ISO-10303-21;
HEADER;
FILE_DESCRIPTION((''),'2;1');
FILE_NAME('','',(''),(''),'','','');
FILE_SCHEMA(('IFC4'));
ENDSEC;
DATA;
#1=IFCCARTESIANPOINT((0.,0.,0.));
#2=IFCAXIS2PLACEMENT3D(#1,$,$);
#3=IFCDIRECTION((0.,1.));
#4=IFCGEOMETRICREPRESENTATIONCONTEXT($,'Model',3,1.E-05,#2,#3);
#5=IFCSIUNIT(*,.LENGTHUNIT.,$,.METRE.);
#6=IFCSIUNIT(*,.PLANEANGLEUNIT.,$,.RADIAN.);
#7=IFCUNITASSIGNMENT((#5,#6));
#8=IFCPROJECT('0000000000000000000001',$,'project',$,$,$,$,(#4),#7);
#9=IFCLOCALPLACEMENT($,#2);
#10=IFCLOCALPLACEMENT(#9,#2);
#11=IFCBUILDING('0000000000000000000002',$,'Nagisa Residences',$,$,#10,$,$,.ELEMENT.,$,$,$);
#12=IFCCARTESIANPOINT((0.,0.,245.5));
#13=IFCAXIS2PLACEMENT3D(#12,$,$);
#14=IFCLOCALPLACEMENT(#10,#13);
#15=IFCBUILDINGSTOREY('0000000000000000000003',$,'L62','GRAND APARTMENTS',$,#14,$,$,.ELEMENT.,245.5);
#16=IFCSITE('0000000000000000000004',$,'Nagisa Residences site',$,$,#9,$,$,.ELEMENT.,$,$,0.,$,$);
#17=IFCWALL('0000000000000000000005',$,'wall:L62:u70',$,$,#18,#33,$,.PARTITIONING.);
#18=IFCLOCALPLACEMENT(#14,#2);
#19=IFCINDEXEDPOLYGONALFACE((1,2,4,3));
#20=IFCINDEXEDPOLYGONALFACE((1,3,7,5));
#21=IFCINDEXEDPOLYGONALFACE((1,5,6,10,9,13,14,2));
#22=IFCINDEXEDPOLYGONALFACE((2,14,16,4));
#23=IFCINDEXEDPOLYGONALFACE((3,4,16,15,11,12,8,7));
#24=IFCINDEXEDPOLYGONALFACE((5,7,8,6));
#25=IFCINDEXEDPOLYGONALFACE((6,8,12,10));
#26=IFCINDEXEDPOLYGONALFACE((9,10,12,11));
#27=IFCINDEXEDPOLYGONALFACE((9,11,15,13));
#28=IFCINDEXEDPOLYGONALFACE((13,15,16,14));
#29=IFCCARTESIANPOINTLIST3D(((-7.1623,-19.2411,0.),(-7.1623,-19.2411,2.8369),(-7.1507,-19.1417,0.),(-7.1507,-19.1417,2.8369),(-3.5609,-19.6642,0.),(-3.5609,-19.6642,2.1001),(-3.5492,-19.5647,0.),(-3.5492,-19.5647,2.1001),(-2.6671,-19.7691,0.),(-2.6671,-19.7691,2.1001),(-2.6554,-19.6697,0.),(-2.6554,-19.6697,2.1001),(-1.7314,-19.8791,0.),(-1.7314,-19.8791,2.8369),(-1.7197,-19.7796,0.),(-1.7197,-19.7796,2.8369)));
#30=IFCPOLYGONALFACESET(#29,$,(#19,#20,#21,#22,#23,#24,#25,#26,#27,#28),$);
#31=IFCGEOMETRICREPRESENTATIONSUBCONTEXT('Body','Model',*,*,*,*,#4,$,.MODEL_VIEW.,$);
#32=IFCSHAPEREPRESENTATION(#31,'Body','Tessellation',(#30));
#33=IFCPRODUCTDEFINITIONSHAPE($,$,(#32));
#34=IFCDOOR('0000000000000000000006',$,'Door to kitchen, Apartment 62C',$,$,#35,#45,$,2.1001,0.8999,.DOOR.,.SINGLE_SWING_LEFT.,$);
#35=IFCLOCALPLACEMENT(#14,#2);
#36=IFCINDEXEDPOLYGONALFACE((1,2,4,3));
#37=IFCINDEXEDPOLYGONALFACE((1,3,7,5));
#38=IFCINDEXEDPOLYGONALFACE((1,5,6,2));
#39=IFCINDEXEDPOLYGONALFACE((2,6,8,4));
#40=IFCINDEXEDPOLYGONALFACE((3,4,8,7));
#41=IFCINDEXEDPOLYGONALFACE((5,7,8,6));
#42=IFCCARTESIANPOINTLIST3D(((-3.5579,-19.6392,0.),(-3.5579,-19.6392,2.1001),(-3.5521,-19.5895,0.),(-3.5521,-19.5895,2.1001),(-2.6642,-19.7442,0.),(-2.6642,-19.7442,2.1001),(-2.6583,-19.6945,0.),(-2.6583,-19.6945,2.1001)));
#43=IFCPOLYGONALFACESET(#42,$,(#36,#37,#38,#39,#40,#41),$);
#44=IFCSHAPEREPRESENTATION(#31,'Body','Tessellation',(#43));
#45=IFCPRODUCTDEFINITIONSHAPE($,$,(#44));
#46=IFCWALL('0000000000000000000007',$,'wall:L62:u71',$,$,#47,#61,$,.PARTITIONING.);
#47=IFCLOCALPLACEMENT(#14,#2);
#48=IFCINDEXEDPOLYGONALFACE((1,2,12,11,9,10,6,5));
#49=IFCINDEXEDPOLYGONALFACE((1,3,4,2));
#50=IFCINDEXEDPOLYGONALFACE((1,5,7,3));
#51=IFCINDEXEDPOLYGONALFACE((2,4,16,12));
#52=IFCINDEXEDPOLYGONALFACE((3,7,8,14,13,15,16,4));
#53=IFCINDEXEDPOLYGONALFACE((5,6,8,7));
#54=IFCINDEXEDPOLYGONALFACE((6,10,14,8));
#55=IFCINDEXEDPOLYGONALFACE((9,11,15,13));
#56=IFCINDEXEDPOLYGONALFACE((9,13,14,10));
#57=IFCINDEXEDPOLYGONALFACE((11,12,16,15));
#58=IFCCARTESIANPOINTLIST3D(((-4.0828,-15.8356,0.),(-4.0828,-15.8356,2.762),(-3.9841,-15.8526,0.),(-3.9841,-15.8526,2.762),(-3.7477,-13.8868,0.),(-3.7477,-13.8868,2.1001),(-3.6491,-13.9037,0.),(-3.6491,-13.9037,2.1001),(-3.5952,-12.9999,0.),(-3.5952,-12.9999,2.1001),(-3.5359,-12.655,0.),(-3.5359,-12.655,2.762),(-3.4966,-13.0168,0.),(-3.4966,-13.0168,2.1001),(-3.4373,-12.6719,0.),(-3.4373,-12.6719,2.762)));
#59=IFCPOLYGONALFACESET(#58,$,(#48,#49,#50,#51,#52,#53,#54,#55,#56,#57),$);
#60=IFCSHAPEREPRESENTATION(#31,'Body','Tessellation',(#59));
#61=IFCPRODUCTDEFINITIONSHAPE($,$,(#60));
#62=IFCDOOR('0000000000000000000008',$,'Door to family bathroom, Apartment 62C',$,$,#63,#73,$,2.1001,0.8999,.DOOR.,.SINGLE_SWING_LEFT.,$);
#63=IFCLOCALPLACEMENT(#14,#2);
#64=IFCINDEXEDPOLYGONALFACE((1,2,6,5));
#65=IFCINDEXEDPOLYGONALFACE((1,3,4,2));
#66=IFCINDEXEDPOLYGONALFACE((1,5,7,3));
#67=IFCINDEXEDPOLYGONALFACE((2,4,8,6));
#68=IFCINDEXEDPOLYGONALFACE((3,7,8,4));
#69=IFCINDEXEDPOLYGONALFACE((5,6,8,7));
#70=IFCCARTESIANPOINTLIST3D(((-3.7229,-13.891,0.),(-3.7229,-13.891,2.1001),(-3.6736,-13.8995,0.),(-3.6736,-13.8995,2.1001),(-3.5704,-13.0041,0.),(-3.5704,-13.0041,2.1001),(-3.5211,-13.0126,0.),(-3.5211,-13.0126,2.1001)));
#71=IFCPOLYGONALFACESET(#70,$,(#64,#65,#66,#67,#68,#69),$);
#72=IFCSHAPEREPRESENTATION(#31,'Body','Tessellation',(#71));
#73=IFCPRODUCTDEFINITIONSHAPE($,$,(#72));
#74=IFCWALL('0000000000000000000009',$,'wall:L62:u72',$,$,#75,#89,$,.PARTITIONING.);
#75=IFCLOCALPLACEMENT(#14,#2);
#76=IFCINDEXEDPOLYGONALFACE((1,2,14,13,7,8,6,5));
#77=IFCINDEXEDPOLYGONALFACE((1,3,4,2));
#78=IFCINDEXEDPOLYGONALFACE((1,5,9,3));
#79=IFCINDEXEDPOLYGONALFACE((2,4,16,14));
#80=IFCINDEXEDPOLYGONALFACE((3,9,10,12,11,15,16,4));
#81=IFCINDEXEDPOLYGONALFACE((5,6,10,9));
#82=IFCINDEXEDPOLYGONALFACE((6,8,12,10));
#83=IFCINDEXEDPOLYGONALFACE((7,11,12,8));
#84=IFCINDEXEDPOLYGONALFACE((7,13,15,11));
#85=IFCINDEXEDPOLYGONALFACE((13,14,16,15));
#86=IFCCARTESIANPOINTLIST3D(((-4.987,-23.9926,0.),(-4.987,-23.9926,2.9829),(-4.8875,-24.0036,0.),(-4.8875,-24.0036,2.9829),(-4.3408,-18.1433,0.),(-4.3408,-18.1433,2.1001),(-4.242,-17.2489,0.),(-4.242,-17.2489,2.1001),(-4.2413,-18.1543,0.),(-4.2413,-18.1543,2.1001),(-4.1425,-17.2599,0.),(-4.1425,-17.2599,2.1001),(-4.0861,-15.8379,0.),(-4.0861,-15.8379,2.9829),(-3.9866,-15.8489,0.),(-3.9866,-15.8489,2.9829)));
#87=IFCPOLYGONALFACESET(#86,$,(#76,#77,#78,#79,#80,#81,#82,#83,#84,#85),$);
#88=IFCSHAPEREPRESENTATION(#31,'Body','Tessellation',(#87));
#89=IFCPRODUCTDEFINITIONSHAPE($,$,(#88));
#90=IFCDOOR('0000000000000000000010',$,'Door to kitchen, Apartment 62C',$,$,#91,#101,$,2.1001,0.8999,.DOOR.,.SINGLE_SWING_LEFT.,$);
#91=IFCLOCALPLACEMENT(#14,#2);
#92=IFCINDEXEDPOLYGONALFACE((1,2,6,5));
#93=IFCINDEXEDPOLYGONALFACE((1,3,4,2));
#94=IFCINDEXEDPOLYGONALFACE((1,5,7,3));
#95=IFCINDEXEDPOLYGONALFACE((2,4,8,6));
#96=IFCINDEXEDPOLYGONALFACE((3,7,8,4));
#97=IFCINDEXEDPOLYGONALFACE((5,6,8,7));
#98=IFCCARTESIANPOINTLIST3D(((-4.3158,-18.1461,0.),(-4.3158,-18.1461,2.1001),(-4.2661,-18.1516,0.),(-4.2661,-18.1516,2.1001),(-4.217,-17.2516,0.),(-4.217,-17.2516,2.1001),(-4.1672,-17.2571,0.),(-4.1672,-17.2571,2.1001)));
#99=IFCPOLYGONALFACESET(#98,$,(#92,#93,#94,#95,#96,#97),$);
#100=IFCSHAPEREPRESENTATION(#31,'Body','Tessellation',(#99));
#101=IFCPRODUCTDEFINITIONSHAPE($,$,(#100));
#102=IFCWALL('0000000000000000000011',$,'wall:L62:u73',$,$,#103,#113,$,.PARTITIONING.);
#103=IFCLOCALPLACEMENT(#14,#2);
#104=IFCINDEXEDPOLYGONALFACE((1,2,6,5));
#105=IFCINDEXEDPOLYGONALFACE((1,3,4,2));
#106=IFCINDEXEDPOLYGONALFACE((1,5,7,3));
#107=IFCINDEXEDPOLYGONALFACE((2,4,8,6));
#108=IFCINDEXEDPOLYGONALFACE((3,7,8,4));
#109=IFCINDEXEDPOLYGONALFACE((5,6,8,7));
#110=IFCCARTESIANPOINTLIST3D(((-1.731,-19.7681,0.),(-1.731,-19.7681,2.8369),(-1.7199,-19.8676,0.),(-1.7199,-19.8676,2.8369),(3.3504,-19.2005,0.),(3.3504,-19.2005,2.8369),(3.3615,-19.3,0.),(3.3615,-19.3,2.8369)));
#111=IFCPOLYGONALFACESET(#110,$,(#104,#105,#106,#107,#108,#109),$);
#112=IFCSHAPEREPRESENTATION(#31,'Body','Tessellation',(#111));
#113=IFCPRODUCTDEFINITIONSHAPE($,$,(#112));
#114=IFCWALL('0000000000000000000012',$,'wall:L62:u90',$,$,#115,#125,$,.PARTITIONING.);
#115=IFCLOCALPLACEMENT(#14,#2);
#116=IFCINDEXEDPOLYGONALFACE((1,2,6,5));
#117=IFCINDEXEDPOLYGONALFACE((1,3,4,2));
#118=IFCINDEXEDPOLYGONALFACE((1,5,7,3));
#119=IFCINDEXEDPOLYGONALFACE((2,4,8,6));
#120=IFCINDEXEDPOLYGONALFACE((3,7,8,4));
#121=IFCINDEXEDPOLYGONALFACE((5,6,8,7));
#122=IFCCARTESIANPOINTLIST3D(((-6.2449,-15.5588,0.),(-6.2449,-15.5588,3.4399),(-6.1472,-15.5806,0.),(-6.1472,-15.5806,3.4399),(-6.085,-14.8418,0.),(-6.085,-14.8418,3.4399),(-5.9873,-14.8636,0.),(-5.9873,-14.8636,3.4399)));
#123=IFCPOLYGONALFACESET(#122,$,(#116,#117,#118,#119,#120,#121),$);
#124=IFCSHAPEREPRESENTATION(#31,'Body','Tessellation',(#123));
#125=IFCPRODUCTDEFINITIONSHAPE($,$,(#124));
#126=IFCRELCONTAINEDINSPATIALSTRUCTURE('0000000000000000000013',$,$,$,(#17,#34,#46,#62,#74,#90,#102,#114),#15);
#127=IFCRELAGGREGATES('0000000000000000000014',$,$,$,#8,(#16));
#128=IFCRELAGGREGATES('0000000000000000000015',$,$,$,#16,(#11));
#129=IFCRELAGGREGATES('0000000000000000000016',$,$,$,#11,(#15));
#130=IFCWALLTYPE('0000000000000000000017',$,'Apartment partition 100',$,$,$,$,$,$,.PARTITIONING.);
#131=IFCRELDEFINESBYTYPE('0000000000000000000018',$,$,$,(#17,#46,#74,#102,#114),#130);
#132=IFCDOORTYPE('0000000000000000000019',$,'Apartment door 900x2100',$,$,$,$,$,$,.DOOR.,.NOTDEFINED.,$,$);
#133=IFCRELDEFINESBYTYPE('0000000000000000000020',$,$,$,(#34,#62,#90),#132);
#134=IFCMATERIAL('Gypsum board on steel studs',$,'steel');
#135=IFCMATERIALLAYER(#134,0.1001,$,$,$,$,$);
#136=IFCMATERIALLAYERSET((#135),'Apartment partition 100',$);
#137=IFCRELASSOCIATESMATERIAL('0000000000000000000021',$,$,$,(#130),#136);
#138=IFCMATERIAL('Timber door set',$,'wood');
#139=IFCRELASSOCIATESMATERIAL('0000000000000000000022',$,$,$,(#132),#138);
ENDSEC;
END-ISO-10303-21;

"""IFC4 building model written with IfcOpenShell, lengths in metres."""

from ifc_helpers import new_model, si_unit, direction, frame, frame_2d, origin, place, context, subcontext, project, spatial, rectangle, extrude, material, layer, layer_set, type_object, element, fill, save


model = new_model("IFC4")

# Units and contexts
model_context = context("Model", 3, precision=1e-05, world=origin(), true_north=direction((0.0, 1.0)))
body_context = subcontext(model_context, "Body", "Model", "MODEL_VIEW")
ifc_project = project(units=[si_unit("LENGTHUNIT", "METRE"), si_unit("PLANEANGLEUNIT", "RADIAN")], contexts=[model_context])

# Site, building, storey
site_placement = place(None, origin())
site = spatial("IfcSite", under=ifc_project, at=site_placement, Name="Nagisa Residences site", CompositionType="ELEMENT", RefElevation=0.0)
building_placement = place(site_placement, origin())
building = spatial("IfcBuilding", under=site, at=building_placement, Name="Nagisa Residences", CompositionType="ELEMENT")
storey_placement = place(building_placement, frame((0.0, 0.0, 245.5)))
storey = spatial("IfcBuildingStorey", under=building, at=storey_placement, Name="L62", Description="GRAND APARTMENTS", CompositionType="ELEMENT", Elevation=245.5)

# Shared definitions
ifc_material_1 = material(Name="Gypsum board on steel studs", Category="steel")
ifc_layer_1 = layer(ifc_material_1, 0.1001)
ifc_layer_set_1 = layer_set([ifc_layer_1], Name="Apartment partition 100")
wall_type_1 = type_object("IfcWallType", Name="Apartment partition 100", PredefinedType="PARTITIONING", material=ifc_layer_set_1)
ifc_material_2 = material(Name="Timber door set", Category="wood")
door_type_1 = type_object("IfcDoorType", Name="Apartment door 900x2100", OperationType="NOTDEFINED", PredefinedType="DOOR", material=ifc_material_2)

# Walls, openings, doors
wall_1_placement = place(storey_placement, frame((-7.1565, -19.1914, 0.0), z_axis=(0.0, 0.0, 1.0), x_axis=(0.993172, -0.116663, 0.0)))
wall_1 = element("IfcWall", 1, at=wall_1_placement, inside=storey, type_object=wall_type_1, Name="wall:L62:u70", PredefinedType="PARTITIONING", context=body_context, shape_type="SweptSolid", body=[
    extrude(rectangle(XDim=5.4683, YDim=0.1001, at=frame_2d((2.7341, 0.0))), origin(), (0.0, 0.0, 1.0), 2.8369),
])
opening_1_placement = place(wall_1_placement, frame((3.6262, 0.0, 0.0)))
opening_1 = element("IfcOpeningElement", 2, at=opening_1_placement, cuts=wall_1, PredefinedType="OPENING", context=body_context, shape_type="SweptSolid", body=[
    extrude(rectangle(XDim=0.8999, YDim=2.1001, at=frame_2d((0.45, 1.05))), frame((0.0, 0.0601, 0.0), z_axis=(0.0, -1.0, 0.0), x_axis=(1.0, 0.0, 0.0)), (0.0, 0.0, 1.0), 0.1201),
])
door_1_placement = place(opening_1_placement, frame((0.8999, 0.0, 0.0), x_axis=(-1.0, 0.0, 0.0)))
door_1 = element("IfcDoor", 3, at=door_1_placement, inside=storey, type_object=door_type_1, Name="Door to kitchen, Apartment 62C", OperationType="SINGLE_SWING_LEFT", OverallHeight=2.1001, OverallWidth=0.8999, PredefinedType="DOOR", context=body_context, shape_type="SweptSolid", body=[
    extrude(rectangle(XDim=0.8999, YDim=2.1001, at=frame_2d((0.45, 1.05))), frame((0.0, 0.0249, 0.0), z_axis=(0.0, -1.0, 0.0), x_axis=(1.0, 0.0, 0.0)), (0.0, 0.0, 1.0), 0.05),
])
fill(opening_1, door_1)
wall_2_placement = place(storey_placement, frame((-3.4866, -12.6633, 0.0), z_axis=(0.0, 0.0, 1.0), x_axis=(-0.169451, -0.985539, 0.0)))
wall_2 = element("IfcWall", 4, at=wall_2_placement, inside=storey, type_object=wall_type_1, Name="wall:L62:u71", PredefinedType="PARTITIONING", context=body_context, shape_type="SweptSolid", body=[
    extrude(rectangle(XDim=3.2273, YDim=0.1001, at=frame_2d((1.6138, 0.0))), origin(), (0.0, 0.0, 1.0), 2.762),
])
opening_2_placement = place(wall_2_placement, frame((0.3501, 0.0, 0.0)))
opening_2 = element("IfcOpeningElement", 5, at=opening_2_placement, cuts=wall_2, PredefinedType="OPENING", context=body_context, shape_type="SweptSolid", body=[
    extrude(rectangle(XDim=0.8999, YDim=2.1001, at=frame_2d((0.45, 1.05))), frame((0.0, 0.0601, 0.0), z_axis=(0.0, -1.0, 0.0), x_axis=(1.0, 0.0, 0.0)), (0.0, 0.0, 1.0), 0.1201),
])
door_2_placement = place(opening_2_placement, frame((0.8999, 0.0, 0.0), x_axis=(-1.0, 0.0, 0.0)))
door_2 = element("IfcDoor", 6, at=door_2_placement, inside=storey, type_object=door_type_1, Name="Door to family bathroom, Apartment 62C", OperationType="SINGLE_SWING_LEFT", OverallHeight=2.1001, OverallWidth=0.8999, PredefinedType="DOOR", context=body_context, shape_type="SweptSolid", body=[
    extrude(rectangle(XDim=0.8999, YDim=2.1001, at=frame_2d((0.45, 1.05))), frame((0.0, 0.0249, 0.0), z_axis=(0.0, -1.0, 0.0), x_axis=(1.0, 0.0, 0.0)), (0.0, 0.0, 1.0), 0.05),
])
fill(opening_2, door_2)
wall_3_placement = place(storey_placement, frame((-4.0364, -15.8435, 0.0), z_axis=(0.0, 0.0, 1.0), x_axis=(-0.109804, -0.993953, 0.0)))
wall_3 = element("IfcWall", 7, at=wall_3_placement, inside=storey, type_object=wall_type_1, Name="wall:L62:u72", PredefinedType="PARTITIONING", context=body_context, shape_type="SweptSolid", body=[
    extrude(rectangle(XDim=8.2043, YDim=0.1001, at=frame_2d((4.1021, 0.0))), origin(), (0.0, 0.0, 1.0), 2.9829),
])
opening_3_placement = place(wall_3_placement, frame((1.4194, 0.0, 0.0)))
opening_3 = element("IfcOpeningElement", 8, at=opening_3_placement, cuts=wall_3, PredefinedType="OPENING", context=body_context, shape_type="SweptSolid", body=[
    extrude(rectangle(XDim=0.8999, YDim=2.1001, at=frame_2d((0.45, 1.05))), frame((0.0, 0.0601, 0.0), z_axis=(0.0, -1.0, 0.0), x_axis=(1.0, 0.0, 0.0)), (0.0, 0.0, 1.0), 0.1201),
])
door_3_placement = place(opening_3_placement, frame((0.8999, 0.0, 0.0), x_axis=(-1.0, 0.0, 0.0)))
door_3 = element("IfcDoor", 9, at=door_3_placement, inside=storey, type_object=door_type_1, Name="Door to kitchen, Apartment 62C", OperationType="SINGLE_SWING_LEFT", OverallHeight=2.1001, OverallWidth=0.8999, PredefinedType="DOOR", context=body_context, shape_type="SweptSolid", body=[
    extrude(rectangle(XDim=0.8999, YDim=2.1001, at=frame_2d((0.45, 1.05))), frame((0.0, 0.0249, 0.0), z_axis=(0.0, -1.0, 0.0), x_axis=(1.0, 0.0, 0.0)), (0.0, 0.0, 1.0), 0.05),
])
fill(opening_3, door_3)

# Walls
wall_4_placement = place(storey_placement, frame((-1.7256, -19.8179, 0.0), z_axis=(0.0, 0.0, 1.0), x_axis=(0.993819, 0.111013, 0.0)))
element("IfcWall", 10, at=wall_4_placement, inside=storey, type_object=wall_type_1, Name="wall:L62:u73", PredefinedType="PARTITIONING", context=body_context, shape_type="SweptSolid", body=[
    extrude(rectangle(XDim=5.113, YDim=0.1001, at=frame_2d((2.5566, 0.0))), origin(), (0.0, 0.0, 1.0), 2.8369),
])
wall_5_placement = place(storey_placement, frame((-6.196, -15.5696, 0.0), z_axis=(0.0, 0.0, 1.0), x_axis=(0.217669, 0.976023, 0.0)))
element("IfcWall", 11, at=wall_5_placement, inside=storey, type_object=wall_type_1, Name="wall:L62:u90", PredefinedType="PARTITIONING", context=body_context, shape_type="SweptSolid", body=[
    extrude(rectangle(XDim=0.7346, YDim=0.1001, at=frame_2d((0.3672, 0.0))), origin(), (0.0, 0.0, 1.0), 3.4399),
])

save(model, "model.ifc")
